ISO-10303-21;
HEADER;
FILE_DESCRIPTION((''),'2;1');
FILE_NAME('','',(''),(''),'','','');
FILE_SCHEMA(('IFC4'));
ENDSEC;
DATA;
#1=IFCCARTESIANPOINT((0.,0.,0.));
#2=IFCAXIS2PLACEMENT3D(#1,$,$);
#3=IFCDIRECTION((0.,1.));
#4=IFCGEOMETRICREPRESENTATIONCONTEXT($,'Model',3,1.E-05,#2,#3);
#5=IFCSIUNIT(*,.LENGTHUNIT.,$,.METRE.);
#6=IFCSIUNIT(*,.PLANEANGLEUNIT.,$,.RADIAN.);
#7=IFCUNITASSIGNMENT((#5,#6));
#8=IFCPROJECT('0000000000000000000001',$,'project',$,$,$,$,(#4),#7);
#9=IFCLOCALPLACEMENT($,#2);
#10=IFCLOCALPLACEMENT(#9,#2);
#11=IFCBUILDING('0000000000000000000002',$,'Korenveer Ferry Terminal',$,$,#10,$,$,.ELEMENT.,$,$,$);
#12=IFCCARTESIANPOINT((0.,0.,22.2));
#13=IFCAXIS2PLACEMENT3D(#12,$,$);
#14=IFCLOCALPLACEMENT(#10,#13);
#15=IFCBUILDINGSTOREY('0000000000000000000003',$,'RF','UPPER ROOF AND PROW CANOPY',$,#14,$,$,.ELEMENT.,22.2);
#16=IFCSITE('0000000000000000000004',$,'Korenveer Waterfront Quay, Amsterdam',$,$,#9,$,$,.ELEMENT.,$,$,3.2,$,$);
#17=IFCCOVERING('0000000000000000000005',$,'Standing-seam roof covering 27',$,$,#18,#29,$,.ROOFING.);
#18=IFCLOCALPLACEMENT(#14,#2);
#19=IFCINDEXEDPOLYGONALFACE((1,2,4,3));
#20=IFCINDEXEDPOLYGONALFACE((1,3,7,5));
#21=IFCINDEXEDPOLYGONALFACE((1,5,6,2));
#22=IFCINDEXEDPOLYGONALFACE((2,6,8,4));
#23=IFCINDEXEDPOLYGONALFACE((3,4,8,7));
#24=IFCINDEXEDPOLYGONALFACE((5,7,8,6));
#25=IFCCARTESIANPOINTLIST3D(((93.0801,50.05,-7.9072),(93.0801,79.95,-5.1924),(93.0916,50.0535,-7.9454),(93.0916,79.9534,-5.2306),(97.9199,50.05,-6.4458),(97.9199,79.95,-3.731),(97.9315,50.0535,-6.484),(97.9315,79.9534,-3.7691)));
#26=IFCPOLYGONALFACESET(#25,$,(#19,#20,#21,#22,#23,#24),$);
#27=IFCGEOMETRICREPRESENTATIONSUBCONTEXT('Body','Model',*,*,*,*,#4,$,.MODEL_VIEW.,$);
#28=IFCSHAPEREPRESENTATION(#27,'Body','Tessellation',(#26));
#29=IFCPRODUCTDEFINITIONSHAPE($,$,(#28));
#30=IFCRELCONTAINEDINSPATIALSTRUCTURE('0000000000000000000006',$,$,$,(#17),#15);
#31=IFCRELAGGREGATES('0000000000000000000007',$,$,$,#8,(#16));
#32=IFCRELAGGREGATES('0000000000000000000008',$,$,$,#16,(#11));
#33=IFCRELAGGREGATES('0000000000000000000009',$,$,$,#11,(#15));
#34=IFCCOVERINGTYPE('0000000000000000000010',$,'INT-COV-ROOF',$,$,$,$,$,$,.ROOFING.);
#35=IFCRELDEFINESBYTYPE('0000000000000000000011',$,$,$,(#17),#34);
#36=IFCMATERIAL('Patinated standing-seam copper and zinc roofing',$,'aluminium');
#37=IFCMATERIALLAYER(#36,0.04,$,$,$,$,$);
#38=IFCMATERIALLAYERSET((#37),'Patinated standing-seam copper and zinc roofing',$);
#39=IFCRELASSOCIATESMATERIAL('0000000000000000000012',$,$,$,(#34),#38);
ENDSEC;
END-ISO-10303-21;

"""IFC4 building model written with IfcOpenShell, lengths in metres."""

from ifc_helpers import new_model, si_unit, direction, frame, origin, place, context, subcontext, project, spatial, polyline, outline, extrude, material, layer, layer_set, type_object, element, save


model = new_model("IFC4")

# Units and contexts
model_context = context("Model", 3, precision=1e-05, world=origin(), true_north=direction((0.0, 1.0)))
body_context = subcontext(model_context, "Body", "Model", "MODEL_VIEW")
ifc_project = project(units=[si_unit("LENGTHUNIT", "METRE"), si_unit("PLANEANGLEUNIT", "RADIAN")], contexts=[model_context])

# Site, building, storey
site_placement = place(None, origin())
site = spatial("IfcSite", under=ifc_project, at=site_placement, Name="Korenveer Waterfront Quay, Amsterdam", CompositionType="ELEMENT", RefElevation=3.2)
building_placement = place(site_placement, origin())
building = spatial("IfcBuilding", under=site, at=building_placement, Name="Korenveer Ferry Terminal", CompositionType="ELEMENT")
storey_placement = place(building_placement, frame((0.0, 0.0, 22.2)))
storey = spatial("IfcBuildingStorey", under=building, at=storey_placement, Name="RF", Description="UPPER ROOF AND PROW CANOPY", CompositionType="ELEMENT", Elevation=22.2)

# Covering
ifc_material_1 = material(Name="Patinated standing-seam copper and zinc roofing", Category="aluminium")
ifc_layer_1 = layer(ifc_material_1, 0.04)
ifc_layer_set_1 = layer_set([ifc_layer_1], Name="Patinated standing-seam copper and zinc roofing")
covering_type_1 = type_object("IfcCoveringType", Name="INT-COV-ROOF", PredefinedType="ROOFING", material=ifc_layer_set_1)
covering_1_placement = place(storey_placement, frame((93.0801, 50.05, -7.9072), z_axis=(-0.287981, -0.086595, 0.953713), x_axis=(0.957309, 0.0, 0.289066)))
element("IfcCovering", 1, at=covering_1_placement, inside=storey, type_object=covering_type_1, Name="Standing-seam roof covering 27", PredefinedType="ROOFING", context=body_context, shape_type="SweptSolid", body=[
    extrude(outline(polyline([(0.0, 0.0), (5.0557, 0.0), (5.8404, 30.0126), (0.7848, 30.0126), (0.0, 0.0)])), origin(), (0.0, 0.0, -1.0), 0.04),
])

save(model, "model.ifc")
